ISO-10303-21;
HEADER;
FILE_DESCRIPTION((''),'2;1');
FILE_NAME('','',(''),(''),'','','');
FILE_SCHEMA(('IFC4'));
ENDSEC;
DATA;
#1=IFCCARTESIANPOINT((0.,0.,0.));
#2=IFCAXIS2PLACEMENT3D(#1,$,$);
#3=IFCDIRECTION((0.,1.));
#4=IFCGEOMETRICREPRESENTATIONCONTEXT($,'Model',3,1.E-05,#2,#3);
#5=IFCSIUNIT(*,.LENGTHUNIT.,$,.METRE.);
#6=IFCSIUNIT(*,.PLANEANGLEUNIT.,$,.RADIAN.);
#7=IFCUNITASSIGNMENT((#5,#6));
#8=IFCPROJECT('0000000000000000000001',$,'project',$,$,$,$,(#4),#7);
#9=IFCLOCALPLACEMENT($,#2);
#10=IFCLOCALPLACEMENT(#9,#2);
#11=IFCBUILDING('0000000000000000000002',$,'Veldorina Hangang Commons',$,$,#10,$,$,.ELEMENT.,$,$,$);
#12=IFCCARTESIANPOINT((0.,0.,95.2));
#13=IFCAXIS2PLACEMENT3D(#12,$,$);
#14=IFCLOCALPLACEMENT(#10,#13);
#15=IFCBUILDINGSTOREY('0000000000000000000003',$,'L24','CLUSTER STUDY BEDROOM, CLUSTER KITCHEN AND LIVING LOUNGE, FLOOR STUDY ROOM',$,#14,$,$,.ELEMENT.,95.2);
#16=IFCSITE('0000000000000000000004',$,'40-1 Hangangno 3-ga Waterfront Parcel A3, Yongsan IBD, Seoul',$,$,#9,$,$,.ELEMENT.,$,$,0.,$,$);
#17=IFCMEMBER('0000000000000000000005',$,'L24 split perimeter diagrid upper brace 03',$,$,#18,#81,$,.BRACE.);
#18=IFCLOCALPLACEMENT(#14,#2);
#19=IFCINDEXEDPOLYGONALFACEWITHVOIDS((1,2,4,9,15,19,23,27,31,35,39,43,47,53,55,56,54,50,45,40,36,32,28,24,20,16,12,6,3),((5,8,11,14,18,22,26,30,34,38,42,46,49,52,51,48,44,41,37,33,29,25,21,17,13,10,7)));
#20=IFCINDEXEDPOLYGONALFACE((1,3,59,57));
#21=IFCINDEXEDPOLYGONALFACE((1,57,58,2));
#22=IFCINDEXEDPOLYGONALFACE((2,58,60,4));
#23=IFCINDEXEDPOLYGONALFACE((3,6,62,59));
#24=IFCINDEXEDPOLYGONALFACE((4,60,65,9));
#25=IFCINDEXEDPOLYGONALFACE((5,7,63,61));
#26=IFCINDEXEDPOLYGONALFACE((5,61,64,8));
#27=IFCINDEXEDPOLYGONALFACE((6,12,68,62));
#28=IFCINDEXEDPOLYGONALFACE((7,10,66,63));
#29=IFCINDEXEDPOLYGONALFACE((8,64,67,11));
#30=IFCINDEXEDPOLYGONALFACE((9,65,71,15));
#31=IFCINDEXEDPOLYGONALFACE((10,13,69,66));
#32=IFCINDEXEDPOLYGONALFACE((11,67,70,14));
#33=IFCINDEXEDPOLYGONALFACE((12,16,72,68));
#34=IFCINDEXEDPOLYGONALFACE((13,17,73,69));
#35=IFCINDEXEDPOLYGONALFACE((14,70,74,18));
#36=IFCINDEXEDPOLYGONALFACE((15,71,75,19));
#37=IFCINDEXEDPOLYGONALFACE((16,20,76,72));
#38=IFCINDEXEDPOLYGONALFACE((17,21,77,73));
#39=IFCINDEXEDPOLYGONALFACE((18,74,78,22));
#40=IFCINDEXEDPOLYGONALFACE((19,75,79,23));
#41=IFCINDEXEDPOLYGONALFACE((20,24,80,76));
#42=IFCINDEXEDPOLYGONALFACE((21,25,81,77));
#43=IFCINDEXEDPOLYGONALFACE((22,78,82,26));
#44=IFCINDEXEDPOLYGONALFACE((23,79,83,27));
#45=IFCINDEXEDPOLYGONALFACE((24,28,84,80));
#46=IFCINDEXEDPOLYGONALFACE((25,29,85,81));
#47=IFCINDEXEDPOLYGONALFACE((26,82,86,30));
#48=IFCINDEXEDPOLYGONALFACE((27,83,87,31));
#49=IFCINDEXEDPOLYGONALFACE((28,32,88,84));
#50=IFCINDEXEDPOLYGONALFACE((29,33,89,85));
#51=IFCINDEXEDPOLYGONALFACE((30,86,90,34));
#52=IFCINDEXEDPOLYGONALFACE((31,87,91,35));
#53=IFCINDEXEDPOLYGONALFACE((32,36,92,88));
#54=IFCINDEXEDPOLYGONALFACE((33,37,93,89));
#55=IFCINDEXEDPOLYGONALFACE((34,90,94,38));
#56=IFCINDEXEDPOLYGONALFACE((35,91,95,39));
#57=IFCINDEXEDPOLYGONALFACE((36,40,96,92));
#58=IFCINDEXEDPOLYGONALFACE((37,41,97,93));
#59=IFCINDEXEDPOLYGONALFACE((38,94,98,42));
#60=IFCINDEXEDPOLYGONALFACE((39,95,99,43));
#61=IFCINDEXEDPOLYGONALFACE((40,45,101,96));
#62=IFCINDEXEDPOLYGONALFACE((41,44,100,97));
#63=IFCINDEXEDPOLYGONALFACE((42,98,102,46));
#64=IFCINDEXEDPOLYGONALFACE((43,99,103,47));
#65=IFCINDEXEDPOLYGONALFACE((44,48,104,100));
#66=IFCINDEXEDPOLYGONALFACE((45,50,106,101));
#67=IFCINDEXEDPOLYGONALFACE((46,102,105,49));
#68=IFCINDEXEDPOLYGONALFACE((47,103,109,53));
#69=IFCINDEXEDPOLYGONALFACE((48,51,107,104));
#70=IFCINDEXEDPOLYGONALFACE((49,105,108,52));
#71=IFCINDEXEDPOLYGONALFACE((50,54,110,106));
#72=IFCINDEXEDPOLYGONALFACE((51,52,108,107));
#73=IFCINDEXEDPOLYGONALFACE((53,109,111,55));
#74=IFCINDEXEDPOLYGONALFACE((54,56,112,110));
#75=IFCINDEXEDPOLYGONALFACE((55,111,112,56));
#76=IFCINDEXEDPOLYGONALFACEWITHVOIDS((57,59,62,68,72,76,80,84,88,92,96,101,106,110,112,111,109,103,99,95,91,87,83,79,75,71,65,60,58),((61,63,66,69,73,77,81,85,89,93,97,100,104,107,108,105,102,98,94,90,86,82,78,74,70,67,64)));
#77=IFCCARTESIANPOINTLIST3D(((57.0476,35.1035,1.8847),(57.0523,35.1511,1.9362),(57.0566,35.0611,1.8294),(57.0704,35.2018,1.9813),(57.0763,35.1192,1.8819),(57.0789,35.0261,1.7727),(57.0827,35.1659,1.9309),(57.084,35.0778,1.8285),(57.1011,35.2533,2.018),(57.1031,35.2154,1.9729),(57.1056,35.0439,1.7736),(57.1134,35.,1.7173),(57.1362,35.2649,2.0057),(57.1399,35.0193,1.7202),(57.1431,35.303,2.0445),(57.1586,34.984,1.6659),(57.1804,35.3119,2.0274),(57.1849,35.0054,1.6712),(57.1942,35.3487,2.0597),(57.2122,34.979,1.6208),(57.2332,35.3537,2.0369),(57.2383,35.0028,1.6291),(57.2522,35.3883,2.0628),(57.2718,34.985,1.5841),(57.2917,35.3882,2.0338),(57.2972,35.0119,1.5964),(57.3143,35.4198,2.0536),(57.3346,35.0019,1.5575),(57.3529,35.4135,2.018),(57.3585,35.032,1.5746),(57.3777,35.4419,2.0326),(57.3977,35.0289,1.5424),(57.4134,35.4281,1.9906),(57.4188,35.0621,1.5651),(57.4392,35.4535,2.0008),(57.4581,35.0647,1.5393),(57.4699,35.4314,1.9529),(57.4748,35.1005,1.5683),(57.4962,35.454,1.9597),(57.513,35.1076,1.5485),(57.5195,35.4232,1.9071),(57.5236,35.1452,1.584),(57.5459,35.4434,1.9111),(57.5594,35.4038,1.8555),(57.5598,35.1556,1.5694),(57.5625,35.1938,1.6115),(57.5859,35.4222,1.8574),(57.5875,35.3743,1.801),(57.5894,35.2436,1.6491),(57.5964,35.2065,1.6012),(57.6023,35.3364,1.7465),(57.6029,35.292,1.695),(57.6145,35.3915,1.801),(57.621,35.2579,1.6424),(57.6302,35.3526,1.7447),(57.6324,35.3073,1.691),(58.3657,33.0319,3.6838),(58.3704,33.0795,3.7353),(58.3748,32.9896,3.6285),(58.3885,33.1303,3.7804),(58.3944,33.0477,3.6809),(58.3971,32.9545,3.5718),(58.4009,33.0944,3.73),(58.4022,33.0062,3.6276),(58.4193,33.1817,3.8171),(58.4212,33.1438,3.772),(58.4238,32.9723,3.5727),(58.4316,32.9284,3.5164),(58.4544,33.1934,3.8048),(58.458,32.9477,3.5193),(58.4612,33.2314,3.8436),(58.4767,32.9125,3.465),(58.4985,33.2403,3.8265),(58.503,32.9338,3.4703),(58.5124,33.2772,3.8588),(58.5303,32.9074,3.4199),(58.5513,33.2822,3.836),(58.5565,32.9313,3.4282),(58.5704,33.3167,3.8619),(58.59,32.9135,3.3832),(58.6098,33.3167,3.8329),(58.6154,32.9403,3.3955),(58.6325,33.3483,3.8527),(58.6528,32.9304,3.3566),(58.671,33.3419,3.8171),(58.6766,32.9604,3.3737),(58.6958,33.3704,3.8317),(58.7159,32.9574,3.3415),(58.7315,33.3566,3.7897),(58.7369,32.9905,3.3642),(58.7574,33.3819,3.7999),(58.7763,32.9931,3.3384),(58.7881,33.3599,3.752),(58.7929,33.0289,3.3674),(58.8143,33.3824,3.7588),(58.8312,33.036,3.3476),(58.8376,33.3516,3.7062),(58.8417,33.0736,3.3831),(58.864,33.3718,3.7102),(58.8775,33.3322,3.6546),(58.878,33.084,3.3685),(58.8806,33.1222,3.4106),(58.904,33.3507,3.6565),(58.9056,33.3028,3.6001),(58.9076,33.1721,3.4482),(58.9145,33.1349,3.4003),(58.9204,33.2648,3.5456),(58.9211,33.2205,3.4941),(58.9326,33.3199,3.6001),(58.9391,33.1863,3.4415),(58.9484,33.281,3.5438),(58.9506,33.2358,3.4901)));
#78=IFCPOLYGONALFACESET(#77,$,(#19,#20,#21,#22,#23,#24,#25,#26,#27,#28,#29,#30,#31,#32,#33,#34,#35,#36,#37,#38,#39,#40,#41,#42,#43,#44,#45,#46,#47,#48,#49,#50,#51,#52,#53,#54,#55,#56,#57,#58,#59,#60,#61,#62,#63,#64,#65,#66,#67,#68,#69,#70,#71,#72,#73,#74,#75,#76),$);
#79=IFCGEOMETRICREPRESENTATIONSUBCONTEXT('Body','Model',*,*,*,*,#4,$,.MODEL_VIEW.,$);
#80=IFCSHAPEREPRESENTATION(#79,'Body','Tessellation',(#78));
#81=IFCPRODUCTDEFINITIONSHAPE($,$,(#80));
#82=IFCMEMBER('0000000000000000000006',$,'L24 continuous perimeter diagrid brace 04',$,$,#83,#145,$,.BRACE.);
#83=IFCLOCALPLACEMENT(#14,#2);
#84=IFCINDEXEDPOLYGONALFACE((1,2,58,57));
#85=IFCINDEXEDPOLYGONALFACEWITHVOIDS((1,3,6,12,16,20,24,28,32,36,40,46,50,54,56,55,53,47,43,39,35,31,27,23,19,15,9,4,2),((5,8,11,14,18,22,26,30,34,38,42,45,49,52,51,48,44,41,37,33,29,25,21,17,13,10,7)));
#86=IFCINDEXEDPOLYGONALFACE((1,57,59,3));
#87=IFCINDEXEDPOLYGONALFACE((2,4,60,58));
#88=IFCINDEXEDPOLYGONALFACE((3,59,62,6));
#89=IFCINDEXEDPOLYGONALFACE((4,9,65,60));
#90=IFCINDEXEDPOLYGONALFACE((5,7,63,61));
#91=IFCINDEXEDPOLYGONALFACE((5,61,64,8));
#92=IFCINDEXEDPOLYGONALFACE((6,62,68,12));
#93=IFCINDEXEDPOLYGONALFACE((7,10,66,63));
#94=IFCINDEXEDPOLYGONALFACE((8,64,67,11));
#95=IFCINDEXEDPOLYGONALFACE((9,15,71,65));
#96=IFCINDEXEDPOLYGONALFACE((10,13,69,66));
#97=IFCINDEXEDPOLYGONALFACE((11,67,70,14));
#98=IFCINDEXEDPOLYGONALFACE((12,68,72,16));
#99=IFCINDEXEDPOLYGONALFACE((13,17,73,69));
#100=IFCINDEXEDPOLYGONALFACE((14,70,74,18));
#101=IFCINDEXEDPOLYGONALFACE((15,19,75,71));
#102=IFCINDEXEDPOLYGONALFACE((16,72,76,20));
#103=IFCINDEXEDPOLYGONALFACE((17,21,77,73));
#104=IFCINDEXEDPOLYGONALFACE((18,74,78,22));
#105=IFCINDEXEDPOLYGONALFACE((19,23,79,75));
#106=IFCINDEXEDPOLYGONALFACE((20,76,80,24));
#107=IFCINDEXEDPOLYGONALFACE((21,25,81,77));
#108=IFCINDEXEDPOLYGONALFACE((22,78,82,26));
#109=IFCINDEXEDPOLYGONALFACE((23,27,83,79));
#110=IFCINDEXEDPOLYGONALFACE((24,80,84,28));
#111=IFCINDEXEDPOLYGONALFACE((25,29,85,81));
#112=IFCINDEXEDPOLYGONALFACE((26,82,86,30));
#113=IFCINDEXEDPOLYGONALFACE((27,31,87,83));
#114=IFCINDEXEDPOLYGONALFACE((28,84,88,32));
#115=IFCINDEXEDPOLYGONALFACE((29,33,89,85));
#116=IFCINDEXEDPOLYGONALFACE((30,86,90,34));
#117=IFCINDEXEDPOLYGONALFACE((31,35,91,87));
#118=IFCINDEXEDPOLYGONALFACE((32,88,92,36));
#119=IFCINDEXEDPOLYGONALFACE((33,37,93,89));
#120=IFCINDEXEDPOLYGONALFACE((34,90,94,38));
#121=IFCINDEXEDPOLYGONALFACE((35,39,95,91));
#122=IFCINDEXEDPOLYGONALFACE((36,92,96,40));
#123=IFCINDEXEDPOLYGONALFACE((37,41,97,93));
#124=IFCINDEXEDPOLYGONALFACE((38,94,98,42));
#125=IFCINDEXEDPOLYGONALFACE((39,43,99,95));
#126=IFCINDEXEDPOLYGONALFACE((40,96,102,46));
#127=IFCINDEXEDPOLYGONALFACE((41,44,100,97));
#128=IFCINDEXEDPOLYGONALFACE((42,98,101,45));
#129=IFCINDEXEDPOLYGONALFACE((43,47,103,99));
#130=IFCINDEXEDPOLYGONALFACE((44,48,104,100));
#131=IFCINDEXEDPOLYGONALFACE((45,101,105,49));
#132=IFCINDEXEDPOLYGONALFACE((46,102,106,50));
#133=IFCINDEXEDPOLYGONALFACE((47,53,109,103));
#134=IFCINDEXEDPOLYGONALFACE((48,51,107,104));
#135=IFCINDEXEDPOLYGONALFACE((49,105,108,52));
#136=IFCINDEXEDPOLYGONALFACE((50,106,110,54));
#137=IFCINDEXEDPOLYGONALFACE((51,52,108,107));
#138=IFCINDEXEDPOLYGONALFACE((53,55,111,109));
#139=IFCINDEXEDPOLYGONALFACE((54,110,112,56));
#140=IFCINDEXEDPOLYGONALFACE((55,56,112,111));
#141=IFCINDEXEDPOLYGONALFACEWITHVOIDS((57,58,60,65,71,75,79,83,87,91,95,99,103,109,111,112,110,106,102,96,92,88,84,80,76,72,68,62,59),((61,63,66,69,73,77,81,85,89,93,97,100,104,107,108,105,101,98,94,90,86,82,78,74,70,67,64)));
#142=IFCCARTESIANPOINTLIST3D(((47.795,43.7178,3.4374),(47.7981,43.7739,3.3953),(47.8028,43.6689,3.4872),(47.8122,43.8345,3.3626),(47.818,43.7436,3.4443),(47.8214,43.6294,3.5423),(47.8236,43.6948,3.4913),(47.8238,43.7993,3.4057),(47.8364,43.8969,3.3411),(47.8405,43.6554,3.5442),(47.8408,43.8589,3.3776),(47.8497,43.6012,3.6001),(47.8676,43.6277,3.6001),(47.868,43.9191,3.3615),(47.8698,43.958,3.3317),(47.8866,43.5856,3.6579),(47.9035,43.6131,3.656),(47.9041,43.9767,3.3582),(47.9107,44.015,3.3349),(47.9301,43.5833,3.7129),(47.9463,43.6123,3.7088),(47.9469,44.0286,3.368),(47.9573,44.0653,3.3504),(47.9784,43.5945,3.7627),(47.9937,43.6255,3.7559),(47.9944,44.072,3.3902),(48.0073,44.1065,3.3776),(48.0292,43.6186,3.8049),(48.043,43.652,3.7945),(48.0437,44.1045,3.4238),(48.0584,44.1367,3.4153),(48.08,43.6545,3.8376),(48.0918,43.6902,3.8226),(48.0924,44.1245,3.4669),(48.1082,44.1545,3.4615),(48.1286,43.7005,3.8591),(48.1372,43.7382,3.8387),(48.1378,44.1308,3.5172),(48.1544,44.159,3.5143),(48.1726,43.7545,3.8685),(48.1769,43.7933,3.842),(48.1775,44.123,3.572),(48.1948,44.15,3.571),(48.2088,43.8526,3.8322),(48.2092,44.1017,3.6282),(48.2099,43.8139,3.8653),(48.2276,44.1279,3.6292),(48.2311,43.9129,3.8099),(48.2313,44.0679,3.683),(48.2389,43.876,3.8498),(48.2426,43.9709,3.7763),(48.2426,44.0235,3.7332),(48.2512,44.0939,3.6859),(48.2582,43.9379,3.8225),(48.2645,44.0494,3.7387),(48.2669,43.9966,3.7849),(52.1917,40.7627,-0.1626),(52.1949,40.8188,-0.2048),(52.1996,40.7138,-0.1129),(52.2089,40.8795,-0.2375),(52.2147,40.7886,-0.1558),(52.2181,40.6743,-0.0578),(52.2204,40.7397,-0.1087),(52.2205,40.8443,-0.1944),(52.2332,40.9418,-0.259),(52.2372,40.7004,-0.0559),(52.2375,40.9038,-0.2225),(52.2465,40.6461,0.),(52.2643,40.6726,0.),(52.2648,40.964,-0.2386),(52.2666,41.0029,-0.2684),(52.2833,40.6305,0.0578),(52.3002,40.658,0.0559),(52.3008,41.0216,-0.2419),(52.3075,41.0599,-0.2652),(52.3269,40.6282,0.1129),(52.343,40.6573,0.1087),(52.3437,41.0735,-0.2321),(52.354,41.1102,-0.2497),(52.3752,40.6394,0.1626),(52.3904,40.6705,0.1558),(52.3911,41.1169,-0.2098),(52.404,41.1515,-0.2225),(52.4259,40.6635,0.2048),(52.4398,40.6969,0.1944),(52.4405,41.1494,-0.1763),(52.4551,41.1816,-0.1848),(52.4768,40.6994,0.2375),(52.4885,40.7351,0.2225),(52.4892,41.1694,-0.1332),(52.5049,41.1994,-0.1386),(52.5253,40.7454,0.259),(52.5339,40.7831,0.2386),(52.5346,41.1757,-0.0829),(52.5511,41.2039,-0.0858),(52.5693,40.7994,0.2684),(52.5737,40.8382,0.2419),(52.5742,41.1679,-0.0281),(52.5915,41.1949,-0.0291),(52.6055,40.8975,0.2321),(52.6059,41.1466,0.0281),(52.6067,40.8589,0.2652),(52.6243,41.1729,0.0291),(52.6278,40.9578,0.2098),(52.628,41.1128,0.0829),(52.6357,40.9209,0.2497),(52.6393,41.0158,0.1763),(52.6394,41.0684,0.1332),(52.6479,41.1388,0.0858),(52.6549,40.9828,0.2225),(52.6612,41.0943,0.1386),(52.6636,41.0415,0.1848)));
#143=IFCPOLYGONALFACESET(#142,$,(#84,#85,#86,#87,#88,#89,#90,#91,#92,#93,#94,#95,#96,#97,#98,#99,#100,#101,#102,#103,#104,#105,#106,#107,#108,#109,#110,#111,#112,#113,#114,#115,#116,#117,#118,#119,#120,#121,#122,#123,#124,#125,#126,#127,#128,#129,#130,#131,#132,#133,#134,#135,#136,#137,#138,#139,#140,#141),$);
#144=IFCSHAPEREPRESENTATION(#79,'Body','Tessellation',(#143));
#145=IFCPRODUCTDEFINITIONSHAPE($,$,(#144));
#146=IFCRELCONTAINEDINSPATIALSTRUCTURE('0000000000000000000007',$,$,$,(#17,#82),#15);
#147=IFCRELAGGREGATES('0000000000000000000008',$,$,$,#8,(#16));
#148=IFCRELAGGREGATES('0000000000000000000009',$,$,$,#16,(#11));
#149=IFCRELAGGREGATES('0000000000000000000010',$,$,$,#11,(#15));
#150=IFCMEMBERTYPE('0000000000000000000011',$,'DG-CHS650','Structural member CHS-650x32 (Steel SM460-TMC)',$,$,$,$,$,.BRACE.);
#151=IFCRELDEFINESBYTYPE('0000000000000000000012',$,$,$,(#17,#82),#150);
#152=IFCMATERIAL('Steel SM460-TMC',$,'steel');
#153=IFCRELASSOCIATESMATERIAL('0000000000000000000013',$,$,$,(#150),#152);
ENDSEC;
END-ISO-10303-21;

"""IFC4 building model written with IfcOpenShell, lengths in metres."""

from ifc_helpers import new_model, si_unit, direction, frame, origin, origin_2d, place, context, subcontext, project, spatial, hollow_circle, extrude, material, material_profile, profile_set, type_object, element, save


model = new_model("IFC4")

# Units and contexts
model_context = context("Model", 3, precision=1e-05, world=origin(), true_north=direction((0.0, 1.0)))
body_context = subcontext(model_context, "Body", "Model", "MODEL_VIEW")
ifc_project = project(units=[si_unit("LENGTHUNIT", "METRE"), si_unit("PLANEANGLEUNIT", "RADIAN")], contexts=[model_context])

# Site, building, storey
site_placement = place(None, origin())
site = spatial("IfcSite", under=ifc_project, at=site_placement, Name="40-1 Hangangno 3-ga Waterfront Parcel A3, Yongsan IBD, Seoul", CompositionType="ELEMENT", RefElevation=0.0)
building_placement = place(site_placement, origin())
building = spatial("IfcBuilding", under=site, at=building_placement, Name="Veldorina Hangang Commons", CompositionType="ELEMENT")
storey_placement = place(building_placement, frame((0.0, 0.0, 95.2)))
storey = spatial("IfcBuildingStorey", under=building, at=storey_placement, Name="L24", Description="CLUSTER STUDY BEDROOM, CLUSTER KITCHEN AND LIVING LOUNGE, FLOOR STUDY ROOM", CompositionType="ELEMENT", Elevation=95.2)

# Members
ifc_material_1 = material(Name="Steel SM460-TMC", Category="steel")
ifc_material_profile_1 = material_profile(ifc_material_1, hollow_circle(Radius=0.325, WallThickness=0.032, at=origin_2d()), Name="CHS-650x32")
ifc_profile_set_1 = profile_set([ifc_material_profile_1], Name="Steel SM460-TMC")
member_type = type_object("IfcMemberType", Name="DG-CHS650", Description="Structural member CHS-650x32 (Steel SM460-TMC)", PredefinedType="BRACE", material=ifc_profile_set_1)
member_1_placement = place(storey_placement, frame((57.3403, 35.217, 1.801), z_axis=(0.433035, -0.680552, 0.591041), x_axis=(0.843686, 0.536837, 0.0)))
element("IfcMember", 1, at=member_1_placement, inside=storey, type_object=member_type, Name="L24 split perimeter diagrid upper brace 03", PredefinedType="BRACE", context=body_context, shape_type="SweptSolid", body=[
    extrude(hollow_circle(Radius=0.325, WallThickness=0.032, at=origin_2d()), origin(), (0.0, 0.0, 1.0), 3.0439),
])
member_2_placement = place(storey_placement, frame((52.4277, 40.9158, 0.0), z_axis=(-0.686449, 0.461368, 0.562073), x_axis=(-0.557823, -0.82996, 0.0)))
element("IfcMember", 2, at=member_2_placement, inside=storey, type_object=member_type, Name="L24 continuous perimeter diagrid brace 04", PredefinedType="BRACE", context=body_context, shape_type="SweptSolid", body=[
    extrude(hollow_circle(Radius=0.325, WallThickness=0.032, at=origin_2d()), origin(), (0.0, 0.0, 1.0), 6.405),
])

save(model, "model.ifc")
